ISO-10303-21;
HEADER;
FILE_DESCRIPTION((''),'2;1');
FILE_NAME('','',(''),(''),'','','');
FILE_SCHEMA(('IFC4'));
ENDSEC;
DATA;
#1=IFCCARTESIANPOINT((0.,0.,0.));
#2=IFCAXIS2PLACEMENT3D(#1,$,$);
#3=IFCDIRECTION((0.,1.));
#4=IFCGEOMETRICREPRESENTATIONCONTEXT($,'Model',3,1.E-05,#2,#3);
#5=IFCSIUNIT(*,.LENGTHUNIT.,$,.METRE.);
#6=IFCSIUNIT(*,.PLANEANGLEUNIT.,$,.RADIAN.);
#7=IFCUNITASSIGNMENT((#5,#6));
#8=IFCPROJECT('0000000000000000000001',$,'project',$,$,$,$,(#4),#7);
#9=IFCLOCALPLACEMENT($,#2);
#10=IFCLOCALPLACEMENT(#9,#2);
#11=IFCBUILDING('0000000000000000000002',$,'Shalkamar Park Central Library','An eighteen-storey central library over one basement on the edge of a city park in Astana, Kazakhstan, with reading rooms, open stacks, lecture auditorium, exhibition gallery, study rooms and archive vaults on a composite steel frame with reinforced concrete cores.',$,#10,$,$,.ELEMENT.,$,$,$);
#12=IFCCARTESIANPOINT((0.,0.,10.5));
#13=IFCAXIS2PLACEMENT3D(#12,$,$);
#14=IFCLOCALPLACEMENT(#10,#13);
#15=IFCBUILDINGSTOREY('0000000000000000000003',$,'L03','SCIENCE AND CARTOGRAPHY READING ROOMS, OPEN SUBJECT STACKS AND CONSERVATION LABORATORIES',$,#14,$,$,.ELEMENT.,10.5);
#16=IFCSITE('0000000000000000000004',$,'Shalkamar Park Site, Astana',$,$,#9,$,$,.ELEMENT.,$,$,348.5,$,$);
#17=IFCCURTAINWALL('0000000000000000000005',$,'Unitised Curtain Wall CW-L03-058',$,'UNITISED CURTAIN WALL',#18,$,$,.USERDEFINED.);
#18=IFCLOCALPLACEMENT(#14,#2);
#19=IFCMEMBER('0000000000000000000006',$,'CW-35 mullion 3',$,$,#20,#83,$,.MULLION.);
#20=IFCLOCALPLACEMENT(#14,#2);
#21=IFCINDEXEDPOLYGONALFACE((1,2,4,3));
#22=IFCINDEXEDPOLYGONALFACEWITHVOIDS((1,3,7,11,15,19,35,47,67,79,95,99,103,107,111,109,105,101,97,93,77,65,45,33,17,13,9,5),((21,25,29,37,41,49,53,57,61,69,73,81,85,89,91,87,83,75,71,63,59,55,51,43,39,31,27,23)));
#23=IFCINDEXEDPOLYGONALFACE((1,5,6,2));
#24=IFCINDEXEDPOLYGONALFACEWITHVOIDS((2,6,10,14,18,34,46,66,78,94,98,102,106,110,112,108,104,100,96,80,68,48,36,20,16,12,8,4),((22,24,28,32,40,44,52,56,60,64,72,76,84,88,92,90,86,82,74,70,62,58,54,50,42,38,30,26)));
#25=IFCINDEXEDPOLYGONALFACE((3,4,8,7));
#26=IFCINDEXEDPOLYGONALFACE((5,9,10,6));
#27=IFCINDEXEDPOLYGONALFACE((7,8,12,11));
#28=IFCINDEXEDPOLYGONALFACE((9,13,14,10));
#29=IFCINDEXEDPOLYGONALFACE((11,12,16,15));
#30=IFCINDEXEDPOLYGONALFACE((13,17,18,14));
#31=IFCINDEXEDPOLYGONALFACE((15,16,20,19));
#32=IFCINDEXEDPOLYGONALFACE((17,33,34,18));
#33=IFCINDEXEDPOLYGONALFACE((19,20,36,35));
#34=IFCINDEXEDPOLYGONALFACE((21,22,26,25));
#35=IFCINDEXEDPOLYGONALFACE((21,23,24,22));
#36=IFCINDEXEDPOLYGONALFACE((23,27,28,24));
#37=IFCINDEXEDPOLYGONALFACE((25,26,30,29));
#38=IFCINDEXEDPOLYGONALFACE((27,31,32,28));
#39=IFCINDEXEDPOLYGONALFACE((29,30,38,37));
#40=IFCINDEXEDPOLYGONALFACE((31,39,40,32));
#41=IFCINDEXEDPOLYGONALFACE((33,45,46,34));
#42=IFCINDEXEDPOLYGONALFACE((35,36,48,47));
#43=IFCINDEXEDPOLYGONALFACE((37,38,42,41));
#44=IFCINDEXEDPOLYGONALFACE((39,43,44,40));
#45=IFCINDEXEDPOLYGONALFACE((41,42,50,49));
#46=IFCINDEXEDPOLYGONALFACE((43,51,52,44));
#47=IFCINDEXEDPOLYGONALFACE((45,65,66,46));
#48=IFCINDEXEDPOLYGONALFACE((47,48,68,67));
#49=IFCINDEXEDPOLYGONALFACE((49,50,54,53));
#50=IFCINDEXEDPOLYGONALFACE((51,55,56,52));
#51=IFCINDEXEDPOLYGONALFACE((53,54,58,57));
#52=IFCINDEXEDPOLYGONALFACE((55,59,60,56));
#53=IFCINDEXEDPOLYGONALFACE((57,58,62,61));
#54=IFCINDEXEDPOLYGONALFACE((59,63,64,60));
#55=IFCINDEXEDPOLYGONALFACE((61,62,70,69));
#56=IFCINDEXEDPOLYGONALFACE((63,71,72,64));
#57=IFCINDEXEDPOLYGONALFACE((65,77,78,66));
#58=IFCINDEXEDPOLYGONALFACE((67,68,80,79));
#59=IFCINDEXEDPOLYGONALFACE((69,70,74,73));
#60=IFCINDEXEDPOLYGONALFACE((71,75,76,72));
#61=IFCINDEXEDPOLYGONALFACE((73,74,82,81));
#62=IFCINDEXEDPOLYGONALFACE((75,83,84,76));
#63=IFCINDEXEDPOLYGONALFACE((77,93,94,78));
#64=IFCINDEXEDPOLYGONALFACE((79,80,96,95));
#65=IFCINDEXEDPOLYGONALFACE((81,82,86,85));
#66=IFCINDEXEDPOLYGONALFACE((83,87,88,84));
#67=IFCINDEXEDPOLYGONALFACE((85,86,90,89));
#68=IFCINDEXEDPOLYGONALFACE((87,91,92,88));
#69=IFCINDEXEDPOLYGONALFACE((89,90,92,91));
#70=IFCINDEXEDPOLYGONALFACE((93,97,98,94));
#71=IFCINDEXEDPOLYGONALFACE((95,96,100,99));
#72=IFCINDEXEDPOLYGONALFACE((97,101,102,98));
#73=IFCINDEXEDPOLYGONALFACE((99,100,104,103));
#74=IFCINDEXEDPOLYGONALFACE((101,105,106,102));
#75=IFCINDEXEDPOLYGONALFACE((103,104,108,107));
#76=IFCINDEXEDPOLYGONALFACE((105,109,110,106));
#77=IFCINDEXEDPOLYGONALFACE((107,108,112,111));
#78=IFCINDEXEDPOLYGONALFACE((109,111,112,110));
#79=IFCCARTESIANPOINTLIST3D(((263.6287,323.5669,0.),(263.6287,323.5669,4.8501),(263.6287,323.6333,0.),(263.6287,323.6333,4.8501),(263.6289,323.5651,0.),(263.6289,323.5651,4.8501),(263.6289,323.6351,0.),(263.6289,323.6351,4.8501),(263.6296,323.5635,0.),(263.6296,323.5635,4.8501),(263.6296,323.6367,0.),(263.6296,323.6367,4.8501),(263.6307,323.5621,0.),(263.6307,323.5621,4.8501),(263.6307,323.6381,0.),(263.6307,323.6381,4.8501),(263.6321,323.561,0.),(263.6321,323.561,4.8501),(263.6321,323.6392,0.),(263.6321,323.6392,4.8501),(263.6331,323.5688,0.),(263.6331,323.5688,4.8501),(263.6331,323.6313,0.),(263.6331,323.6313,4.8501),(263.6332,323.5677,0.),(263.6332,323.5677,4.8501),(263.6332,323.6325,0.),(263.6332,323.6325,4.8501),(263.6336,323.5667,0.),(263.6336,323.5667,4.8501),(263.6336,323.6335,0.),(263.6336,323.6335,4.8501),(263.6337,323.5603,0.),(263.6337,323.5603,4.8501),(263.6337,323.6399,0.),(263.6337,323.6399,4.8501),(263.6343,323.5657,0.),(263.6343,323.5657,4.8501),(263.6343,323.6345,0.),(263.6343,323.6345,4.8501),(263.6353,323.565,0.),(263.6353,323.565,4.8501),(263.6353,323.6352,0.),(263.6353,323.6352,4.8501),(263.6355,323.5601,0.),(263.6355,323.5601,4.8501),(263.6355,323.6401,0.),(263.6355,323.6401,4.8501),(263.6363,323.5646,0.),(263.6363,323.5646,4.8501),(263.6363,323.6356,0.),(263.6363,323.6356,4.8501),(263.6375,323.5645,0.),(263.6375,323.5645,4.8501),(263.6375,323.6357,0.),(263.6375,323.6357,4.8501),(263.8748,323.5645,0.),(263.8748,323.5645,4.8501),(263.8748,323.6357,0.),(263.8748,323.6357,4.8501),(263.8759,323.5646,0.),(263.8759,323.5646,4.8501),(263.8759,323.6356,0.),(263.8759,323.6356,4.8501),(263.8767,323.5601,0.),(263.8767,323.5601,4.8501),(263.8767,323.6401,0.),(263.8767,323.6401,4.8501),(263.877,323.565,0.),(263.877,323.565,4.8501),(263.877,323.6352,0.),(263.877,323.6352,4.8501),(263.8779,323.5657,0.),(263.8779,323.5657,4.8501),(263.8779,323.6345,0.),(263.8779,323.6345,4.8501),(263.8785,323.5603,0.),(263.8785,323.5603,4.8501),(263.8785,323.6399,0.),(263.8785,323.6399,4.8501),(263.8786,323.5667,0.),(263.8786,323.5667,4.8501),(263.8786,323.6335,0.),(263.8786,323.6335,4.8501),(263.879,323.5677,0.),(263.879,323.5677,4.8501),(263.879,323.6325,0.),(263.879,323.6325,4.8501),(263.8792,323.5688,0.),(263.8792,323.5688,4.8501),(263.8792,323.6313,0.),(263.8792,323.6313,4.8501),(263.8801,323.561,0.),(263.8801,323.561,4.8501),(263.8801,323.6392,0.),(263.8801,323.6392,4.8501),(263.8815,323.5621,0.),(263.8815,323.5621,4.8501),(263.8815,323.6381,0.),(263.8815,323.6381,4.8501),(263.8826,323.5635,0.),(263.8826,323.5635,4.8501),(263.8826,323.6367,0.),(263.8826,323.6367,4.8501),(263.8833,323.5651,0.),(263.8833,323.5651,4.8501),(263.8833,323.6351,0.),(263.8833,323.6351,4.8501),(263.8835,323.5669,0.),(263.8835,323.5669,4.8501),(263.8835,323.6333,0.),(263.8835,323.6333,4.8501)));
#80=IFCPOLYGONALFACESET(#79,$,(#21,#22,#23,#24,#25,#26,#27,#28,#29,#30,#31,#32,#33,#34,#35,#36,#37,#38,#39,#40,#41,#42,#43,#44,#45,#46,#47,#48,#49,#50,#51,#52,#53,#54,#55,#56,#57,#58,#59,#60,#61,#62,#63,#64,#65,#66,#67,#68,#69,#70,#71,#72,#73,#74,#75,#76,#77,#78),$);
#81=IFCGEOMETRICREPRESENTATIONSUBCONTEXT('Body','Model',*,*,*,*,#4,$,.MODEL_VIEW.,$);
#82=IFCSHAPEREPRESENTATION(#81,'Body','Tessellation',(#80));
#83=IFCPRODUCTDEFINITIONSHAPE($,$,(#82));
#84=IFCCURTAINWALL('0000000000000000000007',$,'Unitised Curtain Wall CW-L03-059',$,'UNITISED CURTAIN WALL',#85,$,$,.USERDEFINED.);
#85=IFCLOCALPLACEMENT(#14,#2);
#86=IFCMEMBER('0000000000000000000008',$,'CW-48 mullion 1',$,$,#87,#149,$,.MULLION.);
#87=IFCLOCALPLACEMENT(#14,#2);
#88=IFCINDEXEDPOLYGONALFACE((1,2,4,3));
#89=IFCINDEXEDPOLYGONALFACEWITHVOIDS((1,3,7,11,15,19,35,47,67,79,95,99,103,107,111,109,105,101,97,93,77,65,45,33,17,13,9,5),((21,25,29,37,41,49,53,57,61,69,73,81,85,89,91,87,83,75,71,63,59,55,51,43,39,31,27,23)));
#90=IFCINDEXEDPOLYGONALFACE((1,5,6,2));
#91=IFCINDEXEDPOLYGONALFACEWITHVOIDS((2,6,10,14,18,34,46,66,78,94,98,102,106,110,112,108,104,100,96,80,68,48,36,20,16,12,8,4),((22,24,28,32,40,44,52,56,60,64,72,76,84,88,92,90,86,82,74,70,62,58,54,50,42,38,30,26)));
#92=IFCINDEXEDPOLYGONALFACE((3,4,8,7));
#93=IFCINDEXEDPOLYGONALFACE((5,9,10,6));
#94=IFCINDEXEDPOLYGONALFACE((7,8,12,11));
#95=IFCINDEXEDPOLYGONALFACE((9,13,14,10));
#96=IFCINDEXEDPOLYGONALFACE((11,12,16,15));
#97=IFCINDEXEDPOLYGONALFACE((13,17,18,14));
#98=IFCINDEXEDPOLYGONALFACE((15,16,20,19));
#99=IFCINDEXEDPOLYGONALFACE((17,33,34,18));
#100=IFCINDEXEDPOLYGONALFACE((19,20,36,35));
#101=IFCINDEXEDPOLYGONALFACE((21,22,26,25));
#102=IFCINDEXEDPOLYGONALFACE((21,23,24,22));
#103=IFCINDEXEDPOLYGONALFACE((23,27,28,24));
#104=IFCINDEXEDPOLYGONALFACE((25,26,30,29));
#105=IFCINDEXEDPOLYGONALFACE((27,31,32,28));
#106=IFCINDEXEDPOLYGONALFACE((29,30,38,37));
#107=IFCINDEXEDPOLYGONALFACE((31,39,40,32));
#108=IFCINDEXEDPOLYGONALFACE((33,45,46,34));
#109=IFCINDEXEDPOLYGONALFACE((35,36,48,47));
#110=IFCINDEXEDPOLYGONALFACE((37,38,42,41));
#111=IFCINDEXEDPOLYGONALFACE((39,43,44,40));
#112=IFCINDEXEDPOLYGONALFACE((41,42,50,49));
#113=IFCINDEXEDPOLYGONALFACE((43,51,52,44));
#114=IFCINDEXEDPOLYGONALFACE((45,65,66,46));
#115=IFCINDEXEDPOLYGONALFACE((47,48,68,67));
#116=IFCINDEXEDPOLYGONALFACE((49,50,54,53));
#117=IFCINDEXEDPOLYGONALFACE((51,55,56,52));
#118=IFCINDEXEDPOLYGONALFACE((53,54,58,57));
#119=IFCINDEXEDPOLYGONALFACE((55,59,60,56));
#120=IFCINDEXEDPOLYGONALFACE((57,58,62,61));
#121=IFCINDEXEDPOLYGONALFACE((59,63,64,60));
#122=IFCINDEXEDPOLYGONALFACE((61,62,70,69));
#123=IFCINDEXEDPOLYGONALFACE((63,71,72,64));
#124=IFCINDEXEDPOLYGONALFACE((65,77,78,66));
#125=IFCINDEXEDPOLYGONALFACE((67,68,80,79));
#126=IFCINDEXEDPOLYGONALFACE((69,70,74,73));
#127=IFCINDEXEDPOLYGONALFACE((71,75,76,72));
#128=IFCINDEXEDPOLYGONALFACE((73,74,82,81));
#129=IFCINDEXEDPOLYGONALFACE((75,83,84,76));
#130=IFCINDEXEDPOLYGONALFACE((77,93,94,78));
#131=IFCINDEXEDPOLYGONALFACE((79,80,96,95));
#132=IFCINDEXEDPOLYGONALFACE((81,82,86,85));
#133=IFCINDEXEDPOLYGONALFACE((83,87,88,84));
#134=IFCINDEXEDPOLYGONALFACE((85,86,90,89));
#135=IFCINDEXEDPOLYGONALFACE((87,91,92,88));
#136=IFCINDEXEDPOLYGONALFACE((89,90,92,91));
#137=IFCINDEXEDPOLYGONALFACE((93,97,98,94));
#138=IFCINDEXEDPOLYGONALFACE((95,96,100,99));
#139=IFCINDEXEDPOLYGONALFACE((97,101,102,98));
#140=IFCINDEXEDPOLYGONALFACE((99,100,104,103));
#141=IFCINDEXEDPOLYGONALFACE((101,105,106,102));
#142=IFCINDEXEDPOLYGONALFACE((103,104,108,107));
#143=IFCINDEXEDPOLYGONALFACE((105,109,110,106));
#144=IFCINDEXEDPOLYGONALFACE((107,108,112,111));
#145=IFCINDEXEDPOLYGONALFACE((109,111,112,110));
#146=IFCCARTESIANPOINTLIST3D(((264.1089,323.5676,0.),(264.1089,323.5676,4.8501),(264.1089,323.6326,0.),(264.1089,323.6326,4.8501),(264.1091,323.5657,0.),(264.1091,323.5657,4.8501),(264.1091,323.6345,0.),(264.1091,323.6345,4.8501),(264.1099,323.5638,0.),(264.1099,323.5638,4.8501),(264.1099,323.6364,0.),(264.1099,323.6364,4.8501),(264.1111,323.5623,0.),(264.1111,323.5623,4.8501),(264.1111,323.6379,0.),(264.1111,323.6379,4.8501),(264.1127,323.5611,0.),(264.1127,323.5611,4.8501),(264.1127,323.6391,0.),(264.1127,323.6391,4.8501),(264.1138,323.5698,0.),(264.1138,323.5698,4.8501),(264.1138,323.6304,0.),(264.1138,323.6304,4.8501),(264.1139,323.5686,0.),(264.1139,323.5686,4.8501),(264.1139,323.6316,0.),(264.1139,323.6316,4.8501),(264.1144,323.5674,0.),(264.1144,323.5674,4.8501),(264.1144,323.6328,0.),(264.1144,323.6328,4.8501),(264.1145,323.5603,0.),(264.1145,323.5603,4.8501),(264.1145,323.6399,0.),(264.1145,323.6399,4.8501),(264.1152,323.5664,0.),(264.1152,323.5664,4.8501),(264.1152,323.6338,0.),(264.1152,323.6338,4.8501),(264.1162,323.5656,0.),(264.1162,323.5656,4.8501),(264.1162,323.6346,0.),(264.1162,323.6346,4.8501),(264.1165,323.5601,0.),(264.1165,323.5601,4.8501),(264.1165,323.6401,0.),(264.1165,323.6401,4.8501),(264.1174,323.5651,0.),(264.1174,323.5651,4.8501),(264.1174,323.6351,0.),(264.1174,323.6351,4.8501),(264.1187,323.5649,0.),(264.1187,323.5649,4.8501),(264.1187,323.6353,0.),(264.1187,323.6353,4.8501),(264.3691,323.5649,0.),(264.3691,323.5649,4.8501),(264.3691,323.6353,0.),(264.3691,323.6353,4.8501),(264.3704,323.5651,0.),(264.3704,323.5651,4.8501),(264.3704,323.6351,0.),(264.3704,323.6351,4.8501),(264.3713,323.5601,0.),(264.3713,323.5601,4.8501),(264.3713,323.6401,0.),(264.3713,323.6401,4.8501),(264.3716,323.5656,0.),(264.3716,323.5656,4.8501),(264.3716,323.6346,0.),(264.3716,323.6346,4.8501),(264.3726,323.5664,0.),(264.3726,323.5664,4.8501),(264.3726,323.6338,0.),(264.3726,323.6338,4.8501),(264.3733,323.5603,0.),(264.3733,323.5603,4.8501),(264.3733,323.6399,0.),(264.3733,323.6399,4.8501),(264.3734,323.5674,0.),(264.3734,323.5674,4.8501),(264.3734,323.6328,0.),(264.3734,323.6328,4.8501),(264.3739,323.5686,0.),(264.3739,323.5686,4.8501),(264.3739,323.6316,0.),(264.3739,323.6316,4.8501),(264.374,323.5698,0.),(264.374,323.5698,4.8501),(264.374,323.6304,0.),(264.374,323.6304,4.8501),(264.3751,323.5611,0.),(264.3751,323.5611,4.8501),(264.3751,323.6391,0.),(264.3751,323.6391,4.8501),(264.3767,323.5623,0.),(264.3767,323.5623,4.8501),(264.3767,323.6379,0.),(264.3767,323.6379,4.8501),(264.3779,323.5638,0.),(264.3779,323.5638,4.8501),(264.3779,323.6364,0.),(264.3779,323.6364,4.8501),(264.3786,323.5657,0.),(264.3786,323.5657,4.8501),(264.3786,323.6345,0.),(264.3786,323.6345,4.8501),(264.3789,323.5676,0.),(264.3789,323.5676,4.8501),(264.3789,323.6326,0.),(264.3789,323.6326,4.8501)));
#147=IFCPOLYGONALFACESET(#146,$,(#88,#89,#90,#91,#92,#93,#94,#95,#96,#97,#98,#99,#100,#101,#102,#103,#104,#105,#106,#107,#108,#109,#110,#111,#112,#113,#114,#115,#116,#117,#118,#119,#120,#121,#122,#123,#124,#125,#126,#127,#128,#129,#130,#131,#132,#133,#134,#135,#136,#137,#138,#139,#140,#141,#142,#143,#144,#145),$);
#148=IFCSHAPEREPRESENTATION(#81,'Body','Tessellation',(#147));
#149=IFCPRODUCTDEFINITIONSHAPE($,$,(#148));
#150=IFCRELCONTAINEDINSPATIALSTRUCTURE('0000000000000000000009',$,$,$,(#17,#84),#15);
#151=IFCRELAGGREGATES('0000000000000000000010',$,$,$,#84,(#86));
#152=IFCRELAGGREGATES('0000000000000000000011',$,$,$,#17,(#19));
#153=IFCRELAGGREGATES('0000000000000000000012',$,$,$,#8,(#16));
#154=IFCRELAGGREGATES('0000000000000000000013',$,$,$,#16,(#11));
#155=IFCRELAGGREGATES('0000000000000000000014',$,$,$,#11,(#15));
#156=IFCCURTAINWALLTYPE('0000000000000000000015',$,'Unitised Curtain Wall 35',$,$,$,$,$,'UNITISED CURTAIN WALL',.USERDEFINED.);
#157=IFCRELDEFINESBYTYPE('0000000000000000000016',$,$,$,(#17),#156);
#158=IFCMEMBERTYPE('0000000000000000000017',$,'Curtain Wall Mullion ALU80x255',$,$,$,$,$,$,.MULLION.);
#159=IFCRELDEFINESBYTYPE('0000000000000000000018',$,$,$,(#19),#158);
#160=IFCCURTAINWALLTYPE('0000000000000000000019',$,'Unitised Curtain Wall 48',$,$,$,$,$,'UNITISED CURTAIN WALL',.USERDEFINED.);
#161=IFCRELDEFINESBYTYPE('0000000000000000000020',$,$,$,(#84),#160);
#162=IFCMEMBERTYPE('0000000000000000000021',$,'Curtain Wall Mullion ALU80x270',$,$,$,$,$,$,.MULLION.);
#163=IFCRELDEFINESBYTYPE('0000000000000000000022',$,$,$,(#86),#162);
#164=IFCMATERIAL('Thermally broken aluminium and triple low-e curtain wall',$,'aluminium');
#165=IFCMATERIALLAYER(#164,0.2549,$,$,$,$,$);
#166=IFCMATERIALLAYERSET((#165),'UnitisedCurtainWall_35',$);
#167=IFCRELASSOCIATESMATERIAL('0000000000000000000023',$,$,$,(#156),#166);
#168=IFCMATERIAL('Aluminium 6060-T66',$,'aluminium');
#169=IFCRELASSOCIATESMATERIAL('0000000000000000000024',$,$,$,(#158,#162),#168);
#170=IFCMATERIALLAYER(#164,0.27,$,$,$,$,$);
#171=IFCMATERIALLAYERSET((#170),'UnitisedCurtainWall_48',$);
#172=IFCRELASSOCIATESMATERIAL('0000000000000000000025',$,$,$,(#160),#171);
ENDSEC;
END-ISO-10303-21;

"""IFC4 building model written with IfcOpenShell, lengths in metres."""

from ifc_helpers import new_model, si_unit, direction, frame, origin, origin_2d, place, context, subcontext, project, spatial, hollow_rectangle, extrude, material, layer, layer_set, material_profile, profile_set, type_object, element, aggregate, save


model = new_model("IFC4")

# Units and contexts
model_context = context("Model", 3, precision=1e-05, world=origin(), true_north=direction((0.0, 1.0)))
body_context = subcontext(model_context, "Body", "Model", "MODEL_VIEW")
ifc_project = project(units=[si_unit("LENGTHUNIT", "METRE"), si_unit("PLANEANGLEUNIT", "RADIAN")], contexts=[model_context])

# Site, building, storey
site_placement = place(None, origin())
site = spatial("IfcSite", under=ifc_project, at=site_placement, Name="Shalkamar Park Site, Astana", CompositionType="ELEMENT", RefElevation=348.5)
building_placement = place(site_placement, origin())
building = spatial("IfcBuilding", under=site, at=building_placement, Name="Shalkamar Park Central Library", Description="An eighteen-storey central library over one basement on the edge of a city park in Astana, Kazakhstan, with reading rooms, open stacks, lecture auditorium, exhibition gallery, study rooms and archive vaults on a composite steel frame with reinforced concrete cores.", CompositionType="ELEMENT")
storey_placement = place(building_placement, frame((0.0, 0.0, 10.5)))
storey = spatial("IfcBuildingStorey", under=building, at=storey_placement, Name="L03", Description="SCIENCE AND CARTOGRAPHY READING ROOMS, OPEN SUBJECT STACKS AND CONSERVATION LABORATORIES", CompositionType="ELEMENT", Elevation=10.5)

# Curtain wall, member
ifc_material_1 = material(Name="Thermally broken aluminium and triple low-e curtain wall", Category="aluminium")
ifc_layer_1 = layer(ifc_material_1, 0.2549)
ifc_layer_set_1 = layer_set([ifc_layer_1], Name="UnitisedCurtainWall_35")
curtain_wall_type_1 = type_object("IfcCurtainWallType", Name="Unitised Curtain Wall 35", ElementType="UNITISED CURTAIN WALL", PredefinedType="USERDEFINED", material=ifc_layer_set_1)
curtain_wall_1_placement = place(storey_placement, origin())
curtain_wall_1 = element("IfcCurtainWall", 1, at=curtain_wall_1_placement, inside=storey, type_object=curtain_wall_type_1, Name="Unitised Curtain Wall CW-L03-058", ObjectType="UNITISED CURTAIN WALL", PredefinedType="USERDEFINED")
ifc_material_2 = material(Name="Aluminium 6060-T66", Category="aluminium")
ifc_material_profile_1 = material_profile(ifc_material_2, hollow_rectangle(XDim=0.0801, YDim=0.2549, WallThickness=0.0044, InnerFilletRadius=0.0044, OuterFilletRadius=0.0068, at=origin_2d()), Name="ALU 80x255x4.5")
ifc_profile_set_1 = profile_set([ifc_material_profile_1], Name="Aluminium 6060-T66")
member_type_1 = type_object("IfcMemberType", Name="Curtain Wall Mullion ALU80x255", PredefinedType="MULLION", material=ifc_profile_set_1)
member_1_placement = place(storey_placement, frame((263.7561, 323.6001, 0.0), z_axis=(0.0, 0.0, 1.0), x_axis=(0.0, 1.0, 0.0)))
member_1 = element("IfcMember", 2, at=member_1_placement, type_object=member_type_1, Name="CW-35 mullion 3", PredefinedType="MULLION", context=body_context, shape_type="SweptSolid", body=[
    extrude(hollow_rectangle(XDim=0.0801, YDim=0.2549, WallThickness=0.0044, InnerFilletRadius=0.0044, OuterFilletRadius=0.0068, at=origin_2d()), origin(), (0.0, 0.0, 1.0), 4.8501),
])

# Curtain wall, member
ifc_layer_2 = layer(ifc_material_1, 0.27)
ifc_layer_set_2 = layer_set([ifc_layer_2], Name="UnitisedCurtainWall_48")
curtain_wall_type_2 = type_object("IfcCurtainWallType", Name="Unitised Curtain Wall 48", ElementType="UNITISED CURTAIN WALL", PredefinedType="USERDEFINED", material=ifc_layer_set_2)
curtain_wall_2_placement = place(storey_placement, origin())
curtain_wall_2 = element("IfcCurtainWall", 3, at=curtain_wall_2_placement, inside=storey, type_object=curtain_wall_type_2, Name="Unitised Curtain Wall CW-L03-059", ObjectType="UNITISED CURTAIN WALL", PredefinedType="USERDEFINED")
ifc_material_profile_2 = material_profile(ifc_material_2, hollow_rectangle(XDim=0.0801, YDim=0.27, WallThickness=0.0049, InnerFilletRadius=0.0049, OuterFilletRadius=0.0076, at=origin_2d()), Name="ALU 80x270x5")
ifc_profile_set_2 = profile_set([ifc_material_profile_2], Name="Aluminium 6060-T66")
member_type_2 = type_object("IfcMemberType", Name="Curtain Wall Mullion ALU80x270", PredefinedType="MULLION", material=ifc_profile_set_2)
member_2_placement = place(storey_placement, frame((264.2439, 323.6001, 0.0), z_axis=(0.0, 0.0, 1.0), x_axis=(0.0, 1.0, 0.0)))
member_2 = element("IfcMember", 4, at=member_2_placement, type_object=member_type_2, Name="CW-48 mullion 1", PredefinedType="MULLION", context=body_context, shape_type="SweptSolid", body=[
    extrude(hollow_rectangle(XDim=0.0801, YDim=0.27, WallThickness=0.0049, InnerFilletRadius=0.0049, OuterFilletRadius=0.0076, at=origin_2d()), origin(), (0.0, 0.0, 1.0), 4.8501),
])

aggregate(curtain_wall_2, [member_2])
aggregate(curtain_wall_1, [member_1])

save(model, "model.ifc")
